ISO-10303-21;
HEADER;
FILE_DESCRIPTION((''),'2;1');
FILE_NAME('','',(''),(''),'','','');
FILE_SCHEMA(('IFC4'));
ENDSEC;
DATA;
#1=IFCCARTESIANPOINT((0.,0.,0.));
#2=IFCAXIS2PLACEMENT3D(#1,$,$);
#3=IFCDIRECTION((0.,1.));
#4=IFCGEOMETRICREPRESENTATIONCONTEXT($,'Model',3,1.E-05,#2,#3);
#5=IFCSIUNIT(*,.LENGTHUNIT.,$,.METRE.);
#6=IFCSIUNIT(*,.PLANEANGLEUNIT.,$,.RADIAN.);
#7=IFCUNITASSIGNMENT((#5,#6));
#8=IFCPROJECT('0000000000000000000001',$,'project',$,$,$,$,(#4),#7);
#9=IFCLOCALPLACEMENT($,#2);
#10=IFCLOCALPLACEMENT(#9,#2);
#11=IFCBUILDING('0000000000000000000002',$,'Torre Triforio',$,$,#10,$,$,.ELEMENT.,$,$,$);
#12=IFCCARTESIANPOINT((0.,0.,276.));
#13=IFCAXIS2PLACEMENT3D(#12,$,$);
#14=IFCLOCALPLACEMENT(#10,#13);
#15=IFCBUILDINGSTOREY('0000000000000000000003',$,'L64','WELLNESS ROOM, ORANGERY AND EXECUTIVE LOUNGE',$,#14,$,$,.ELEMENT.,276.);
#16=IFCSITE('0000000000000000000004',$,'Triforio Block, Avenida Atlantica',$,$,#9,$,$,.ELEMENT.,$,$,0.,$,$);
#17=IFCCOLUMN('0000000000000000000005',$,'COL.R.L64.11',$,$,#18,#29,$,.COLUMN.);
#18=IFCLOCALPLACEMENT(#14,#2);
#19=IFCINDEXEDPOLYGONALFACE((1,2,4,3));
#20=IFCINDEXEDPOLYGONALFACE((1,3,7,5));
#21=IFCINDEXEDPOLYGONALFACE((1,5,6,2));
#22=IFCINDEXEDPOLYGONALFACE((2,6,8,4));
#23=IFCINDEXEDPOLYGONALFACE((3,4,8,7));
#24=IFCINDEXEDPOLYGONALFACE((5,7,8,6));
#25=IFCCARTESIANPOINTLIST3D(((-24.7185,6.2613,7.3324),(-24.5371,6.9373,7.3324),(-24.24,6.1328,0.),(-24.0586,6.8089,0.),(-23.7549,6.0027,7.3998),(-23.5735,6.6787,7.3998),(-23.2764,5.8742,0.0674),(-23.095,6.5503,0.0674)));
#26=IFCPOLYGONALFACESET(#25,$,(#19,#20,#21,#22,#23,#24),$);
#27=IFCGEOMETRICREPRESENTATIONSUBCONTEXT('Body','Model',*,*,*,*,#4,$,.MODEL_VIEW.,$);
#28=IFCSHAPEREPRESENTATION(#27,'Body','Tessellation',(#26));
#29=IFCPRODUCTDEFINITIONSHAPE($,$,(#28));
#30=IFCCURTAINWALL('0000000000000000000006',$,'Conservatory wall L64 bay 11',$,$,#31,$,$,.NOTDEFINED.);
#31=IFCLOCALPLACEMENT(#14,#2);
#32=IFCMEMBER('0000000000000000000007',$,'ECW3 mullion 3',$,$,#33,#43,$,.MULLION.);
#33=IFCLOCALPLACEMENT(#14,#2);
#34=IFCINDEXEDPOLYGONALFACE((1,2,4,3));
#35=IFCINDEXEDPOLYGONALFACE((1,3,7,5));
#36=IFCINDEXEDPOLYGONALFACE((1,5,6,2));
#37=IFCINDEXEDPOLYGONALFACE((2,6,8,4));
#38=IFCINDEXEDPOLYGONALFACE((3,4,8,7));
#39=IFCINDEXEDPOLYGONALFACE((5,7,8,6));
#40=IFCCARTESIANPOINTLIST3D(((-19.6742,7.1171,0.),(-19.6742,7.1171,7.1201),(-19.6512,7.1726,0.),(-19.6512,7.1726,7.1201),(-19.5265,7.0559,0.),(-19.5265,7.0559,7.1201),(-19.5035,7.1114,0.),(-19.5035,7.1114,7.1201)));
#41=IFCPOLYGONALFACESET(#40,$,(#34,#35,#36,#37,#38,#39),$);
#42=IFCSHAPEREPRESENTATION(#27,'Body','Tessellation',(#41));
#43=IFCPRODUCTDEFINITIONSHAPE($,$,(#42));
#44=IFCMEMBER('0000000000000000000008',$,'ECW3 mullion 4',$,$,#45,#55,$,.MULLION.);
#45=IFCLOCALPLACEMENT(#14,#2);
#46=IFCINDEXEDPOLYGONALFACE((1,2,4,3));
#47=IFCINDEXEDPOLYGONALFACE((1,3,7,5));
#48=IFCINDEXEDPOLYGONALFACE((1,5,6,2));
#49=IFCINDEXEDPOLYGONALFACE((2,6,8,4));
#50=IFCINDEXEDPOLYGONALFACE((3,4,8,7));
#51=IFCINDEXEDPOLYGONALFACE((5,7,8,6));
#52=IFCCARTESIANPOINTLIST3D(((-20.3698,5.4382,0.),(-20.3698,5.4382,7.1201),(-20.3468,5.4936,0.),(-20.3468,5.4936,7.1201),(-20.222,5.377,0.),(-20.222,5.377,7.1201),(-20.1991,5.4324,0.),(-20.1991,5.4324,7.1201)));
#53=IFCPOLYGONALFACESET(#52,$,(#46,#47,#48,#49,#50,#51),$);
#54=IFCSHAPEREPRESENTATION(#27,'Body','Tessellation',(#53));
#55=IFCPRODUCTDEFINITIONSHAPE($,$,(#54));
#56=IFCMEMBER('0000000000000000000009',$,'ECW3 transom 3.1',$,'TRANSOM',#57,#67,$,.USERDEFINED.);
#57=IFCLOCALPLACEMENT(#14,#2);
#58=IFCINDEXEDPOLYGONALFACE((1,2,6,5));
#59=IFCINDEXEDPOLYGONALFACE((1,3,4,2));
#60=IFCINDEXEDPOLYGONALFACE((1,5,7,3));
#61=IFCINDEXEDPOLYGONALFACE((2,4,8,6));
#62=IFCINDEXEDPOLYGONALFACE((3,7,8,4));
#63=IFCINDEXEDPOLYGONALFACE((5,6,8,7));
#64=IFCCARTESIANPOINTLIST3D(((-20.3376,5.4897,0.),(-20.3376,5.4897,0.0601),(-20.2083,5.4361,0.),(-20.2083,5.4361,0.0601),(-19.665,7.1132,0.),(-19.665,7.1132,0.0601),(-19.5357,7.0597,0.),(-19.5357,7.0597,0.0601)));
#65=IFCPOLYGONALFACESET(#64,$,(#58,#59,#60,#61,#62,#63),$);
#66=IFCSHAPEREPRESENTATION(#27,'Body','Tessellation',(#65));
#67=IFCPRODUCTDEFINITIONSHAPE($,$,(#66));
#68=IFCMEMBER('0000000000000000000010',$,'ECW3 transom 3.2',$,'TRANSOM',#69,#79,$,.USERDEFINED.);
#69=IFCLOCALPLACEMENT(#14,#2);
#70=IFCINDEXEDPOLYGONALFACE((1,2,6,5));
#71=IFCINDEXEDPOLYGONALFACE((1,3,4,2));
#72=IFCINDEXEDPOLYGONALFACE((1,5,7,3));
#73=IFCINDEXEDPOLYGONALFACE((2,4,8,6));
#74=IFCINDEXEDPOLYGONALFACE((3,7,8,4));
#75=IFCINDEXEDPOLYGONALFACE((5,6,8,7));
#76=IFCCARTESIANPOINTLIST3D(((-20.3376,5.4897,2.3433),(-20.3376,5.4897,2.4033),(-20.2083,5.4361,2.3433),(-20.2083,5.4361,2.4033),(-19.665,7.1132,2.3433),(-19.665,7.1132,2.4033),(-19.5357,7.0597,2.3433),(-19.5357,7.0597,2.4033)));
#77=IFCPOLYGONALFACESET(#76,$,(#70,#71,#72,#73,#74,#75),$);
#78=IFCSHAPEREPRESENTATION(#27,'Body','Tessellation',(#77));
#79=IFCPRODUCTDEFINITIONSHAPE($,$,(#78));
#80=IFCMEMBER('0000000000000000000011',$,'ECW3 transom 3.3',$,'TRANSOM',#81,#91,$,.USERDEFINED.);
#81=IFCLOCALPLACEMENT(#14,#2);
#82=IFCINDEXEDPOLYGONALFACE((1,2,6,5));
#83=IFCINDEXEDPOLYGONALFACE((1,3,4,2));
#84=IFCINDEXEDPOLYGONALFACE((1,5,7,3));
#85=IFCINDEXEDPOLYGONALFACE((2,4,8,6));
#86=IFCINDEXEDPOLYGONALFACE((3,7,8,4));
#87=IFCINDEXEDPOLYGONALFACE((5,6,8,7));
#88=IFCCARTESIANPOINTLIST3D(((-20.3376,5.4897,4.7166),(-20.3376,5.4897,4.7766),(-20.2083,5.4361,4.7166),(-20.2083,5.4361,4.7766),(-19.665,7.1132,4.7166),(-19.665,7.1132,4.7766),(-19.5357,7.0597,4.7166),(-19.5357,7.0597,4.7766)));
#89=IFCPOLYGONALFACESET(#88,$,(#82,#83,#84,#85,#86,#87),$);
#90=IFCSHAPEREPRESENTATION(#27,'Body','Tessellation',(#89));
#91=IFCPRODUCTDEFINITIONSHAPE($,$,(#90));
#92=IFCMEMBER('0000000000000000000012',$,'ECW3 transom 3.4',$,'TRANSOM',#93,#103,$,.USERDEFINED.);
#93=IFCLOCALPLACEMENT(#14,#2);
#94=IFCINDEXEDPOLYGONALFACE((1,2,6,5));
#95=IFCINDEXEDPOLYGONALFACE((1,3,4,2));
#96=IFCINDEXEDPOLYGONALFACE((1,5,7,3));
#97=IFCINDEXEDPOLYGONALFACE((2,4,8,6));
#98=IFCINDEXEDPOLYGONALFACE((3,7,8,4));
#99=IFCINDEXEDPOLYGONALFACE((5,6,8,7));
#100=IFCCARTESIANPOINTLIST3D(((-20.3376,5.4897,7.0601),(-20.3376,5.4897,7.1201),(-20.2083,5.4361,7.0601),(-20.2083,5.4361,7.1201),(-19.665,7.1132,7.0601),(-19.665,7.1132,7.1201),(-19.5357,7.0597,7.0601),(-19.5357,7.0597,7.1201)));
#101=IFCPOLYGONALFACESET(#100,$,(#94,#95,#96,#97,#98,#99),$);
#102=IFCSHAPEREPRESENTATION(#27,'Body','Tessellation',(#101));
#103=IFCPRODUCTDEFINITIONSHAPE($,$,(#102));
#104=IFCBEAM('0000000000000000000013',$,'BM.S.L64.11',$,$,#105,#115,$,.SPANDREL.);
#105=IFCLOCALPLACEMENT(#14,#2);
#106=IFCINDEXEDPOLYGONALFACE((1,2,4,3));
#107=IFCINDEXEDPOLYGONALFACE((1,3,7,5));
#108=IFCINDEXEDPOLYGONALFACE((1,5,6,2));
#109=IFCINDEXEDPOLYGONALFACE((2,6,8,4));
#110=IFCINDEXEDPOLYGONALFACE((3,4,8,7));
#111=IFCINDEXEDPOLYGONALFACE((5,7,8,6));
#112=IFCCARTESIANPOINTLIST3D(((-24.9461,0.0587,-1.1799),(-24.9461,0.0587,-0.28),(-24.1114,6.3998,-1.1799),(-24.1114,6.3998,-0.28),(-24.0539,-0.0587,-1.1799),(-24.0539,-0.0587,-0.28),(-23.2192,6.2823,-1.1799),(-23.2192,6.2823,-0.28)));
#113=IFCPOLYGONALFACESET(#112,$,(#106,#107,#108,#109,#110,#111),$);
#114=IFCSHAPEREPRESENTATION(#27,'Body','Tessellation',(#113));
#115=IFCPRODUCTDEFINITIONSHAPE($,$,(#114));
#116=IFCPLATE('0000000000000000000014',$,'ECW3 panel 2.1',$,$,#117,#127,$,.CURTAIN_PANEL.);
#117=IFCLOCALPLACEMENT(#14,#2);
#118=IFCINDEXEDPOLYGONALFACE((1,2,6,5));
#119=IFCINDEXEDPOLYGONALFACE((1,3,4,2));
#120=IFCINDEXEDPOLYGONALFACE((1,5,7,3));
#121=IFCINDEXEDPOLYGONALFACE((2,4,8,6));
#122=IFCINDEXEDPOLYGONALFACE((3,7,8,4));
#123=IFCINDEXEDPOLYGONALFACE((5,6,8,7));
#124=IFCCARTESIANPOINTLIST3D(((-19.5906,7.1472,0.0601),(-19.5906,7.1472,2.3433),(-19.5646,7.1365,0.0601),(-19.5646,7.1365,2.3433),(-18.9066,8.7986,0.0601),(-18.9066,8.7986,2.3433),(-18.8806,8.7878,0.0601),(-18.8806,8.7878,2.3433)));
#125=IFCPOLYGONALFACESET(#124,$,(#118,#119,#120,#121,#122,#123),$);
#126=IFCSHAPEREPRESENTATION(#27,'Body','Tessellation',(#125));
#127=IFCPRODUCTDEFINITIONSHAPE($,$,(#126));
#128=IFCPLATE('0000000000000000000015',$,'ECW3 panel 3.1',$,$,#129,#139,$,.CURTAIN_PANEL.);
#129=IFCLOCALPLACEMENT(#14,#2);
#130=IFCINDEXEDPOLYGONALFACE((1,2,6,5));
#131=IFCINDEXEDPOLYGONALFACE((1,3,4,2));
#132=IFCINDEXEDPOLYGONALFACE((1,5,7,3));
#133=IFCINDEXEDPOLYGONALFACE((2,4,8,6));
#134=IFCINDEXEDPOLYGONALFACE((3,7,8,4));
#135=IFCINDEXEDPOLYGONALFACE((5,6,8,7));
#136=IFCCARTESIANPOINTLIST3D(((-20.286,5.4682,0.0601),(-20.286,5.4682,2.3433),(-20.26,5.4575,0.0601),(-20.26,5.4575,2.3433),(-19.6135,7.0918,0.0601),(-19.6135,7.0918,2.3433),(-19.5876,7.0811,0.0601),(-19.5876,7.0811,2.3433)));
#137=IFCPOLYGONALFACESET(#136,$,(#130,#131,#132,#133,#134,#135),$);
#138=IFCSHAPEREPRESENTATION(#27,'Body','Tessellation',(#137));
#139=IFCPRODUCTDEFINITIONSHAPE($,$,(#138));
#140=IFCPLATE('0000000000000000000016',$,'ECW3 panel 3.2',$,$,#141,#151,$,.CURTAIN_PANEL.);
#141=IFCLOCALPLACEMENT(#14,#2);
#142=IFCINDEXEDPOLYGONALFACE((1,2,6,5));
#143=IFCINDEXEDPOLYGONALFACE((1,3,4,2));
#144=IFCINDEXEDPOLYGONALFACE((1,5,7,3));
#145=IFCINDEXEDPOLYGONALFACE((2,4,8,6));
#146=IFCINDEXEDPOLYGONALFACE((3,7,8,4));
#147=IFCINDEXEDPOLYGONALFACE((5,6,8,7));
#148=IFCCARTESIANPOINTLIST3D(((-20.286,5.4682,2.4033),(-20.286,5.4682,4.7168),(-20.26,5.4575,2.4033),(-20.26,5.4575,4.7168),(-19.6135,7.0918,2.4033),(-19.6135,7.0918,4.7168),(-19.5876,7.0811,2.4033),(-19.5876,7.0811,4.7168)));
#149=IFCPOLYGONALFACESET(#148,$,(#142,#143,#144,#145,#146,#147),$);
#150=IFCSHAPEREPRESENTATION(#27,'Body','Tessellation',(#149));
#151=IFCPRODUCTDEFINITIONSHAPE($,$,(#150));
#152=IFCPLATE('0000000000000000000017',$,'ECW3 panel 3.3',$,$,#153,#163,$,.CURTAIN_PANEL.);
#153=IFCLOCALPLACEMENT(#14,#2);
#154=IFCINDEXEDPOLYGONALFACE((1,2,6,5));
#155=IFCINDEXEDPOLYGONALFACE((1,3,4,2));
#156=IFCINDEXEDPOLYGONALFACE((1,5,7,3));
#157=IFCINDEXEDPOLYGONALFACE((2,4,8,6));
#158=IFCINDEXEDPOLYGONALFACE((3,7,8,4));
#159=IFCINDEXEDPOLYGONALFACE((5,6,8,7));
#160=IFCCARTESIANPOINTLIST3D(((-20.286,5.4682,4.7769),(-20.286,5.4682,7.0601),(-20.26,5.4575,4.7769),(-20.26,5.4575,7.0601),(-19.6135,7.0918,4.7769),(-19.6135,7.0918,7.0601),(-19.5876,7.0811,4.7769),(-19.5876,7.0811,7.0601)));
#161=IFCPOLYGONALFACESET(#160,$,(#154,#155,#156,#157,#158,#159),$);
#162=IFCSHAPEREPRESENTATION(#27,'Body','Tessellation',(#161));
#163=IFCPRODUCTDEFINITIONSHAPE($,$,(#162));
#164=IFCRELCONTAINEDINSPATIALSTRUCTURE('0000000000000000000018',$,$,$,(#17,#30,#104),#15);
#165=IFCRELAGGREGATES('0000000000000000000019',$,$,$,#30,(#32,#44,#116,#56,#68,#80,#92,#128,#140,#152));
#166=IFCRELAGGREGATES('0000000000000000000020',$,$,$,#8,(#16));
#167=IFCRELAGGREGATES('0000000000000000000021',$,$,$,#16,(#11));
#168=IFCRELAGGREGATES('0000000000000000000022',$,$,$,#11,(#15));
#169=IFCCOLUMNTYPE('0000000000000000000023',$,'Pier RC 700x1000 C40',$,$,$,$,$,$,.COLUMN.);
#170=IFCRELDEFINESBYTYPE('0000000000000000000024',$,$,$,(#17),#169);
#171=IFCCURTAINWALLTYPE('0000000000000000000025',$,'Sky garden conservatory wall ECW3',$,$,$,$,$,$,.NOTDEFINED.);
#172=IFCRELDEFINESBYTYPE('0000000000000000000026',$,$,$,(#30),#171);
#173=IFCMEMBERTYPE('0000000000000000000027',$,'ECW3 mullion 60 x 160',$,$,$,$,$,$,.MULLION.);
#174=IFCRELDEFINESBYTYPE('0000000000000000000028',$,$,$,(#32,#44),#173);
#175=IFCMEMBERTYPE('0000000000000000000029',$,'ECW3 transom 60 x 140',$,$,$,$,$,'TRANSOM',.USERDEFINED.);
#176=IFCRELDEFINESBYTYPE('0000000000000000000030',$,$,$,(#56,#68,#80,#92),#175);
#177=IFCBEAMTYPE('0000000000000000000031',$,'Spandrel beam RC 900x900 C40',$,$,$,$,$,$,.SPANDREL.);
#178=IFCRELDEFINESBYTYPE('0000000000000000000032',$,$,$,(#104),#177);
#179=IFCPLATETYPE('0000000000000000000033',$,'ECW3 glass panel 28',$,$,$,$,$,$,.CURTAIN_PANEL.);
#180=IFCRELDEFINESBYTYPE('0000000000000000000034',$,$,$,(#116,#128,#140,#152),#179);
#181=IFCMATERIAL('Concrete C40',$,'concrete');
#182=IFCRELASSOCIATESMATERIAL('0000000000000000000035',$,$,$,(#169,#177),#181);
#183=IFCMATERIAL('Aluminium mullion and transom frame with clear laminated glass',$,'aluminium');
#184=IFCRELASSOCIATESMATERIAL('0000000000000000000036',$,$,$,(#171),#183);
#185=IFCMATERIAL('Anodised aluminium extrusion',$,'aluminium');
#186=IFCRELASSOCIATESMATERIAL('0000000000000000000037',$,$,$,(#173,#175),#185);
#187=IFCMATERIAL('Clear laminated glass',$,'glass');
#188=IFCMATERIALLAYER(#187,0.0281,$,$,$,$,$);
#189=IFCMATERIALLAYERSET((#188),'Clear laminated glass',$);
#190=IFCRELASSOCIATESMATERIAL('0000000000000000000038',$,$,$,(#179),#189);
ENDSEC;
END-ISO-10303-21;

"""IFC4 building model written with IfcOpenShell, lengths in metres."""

from ifc_helpers import new_model, si_unit, direction, frame, origin, origin_2d, place, context, subcontext, project, spatial, rectangle, extrude, material, layer, layer_set, material_profile, profile_set, type_object, element, aggregate, save


model = new_model("IFC4")

# Units and contexts
model_context = context("Model", 3, precision=1e-05, world=origin(), true_north=direction((0.0, 1.0)))
body_context = subcontext(model_context, "Body", "Model", "MODEL_VIEW")
ifc_project = project(units=[si_unit("LENGTHUNIT", "METRE"), si_unit("PLANEANGLEUNIT", "RADIAN")], contexts=[model_context])

# Site, building, storey
site_placement = place(None, origin())
site = spatial("IfcSite", under=ifc_project, at=site_placement, Name="Triforio Block, Avenida Atlantica", CompositionType="ELEMENT", RefElevation=0.0)
building_placement = place(site_placement, origin())
building = spatial("IfcBuilding", under=site, at=building_placement, Name="Torre Triforio", CompositionType="ELEMENT")
storey_placement = place(building_placement, frame((0.0, 0.0, 276.0)))
storey = spatial("IfcBuildingStorey", under=building, at=storey_placement, Name="L64", Description="WELLNESS ROOM, ORANGERY AND EXECUTIVE LOUNGE", CompositionType="ELEMENT", Elevation=276.0)

# Column
ifc_material_1 = material(Name="Concrete C40", Category="concrete")
ifc_material_profile_1 = material_profile(ifc_material_1, rectangle(XDim=0.7, YDim=1.0, at=origin_2d()), Name="RC 700x1000")
ifc_profile_set_1 = profile_set([ifc_material_profile_1], Name="Concrete C40")
column_type = type_object("IfcColumnType", Name="Pier RC 700x1000 C40", PredefinedType="COLUMN", material=ifc_profile_set_1)
column_placement = place(storey_placement, frame((-23.6675, 6.3416, 0.0337), z_axis=(-0.065111, 0.017474, 0.997725), x_axis=(-0.259196, -0.965825, 0.0)))
element("IfcColumn", 1, at=column_placement, inside=storey, type_object=column_type, Name="COL.R.L64.11", PredefinedType="COLUMN", context=body_context, shape_type="SweptSolid", body=[
    extrude(rectangle(XDim=0.7, YDim=1.0, at=origin_2d()), origin(), (0.0, 0.0, 1.0), 7.3491),
])

# Curtain wall, members
ifc_material_2 = material(Name="Aluminium mullion and transom frame with clear laminated glass", Category="aluminium")
curtain_wall_type = type_object("IfcCurtainWallType", Name="Sky garden conservatory wall ECW3", PredefinedType="NOTDEFINED", material=ifc_material_2)
curtain_wall_placement = place(storey_placement, origin())
curtain_wall = element("IfcCurtainWall", 2, at=curtain_wall_placement, inside=storey, type_object=curtain_wall_type, Name="Conservatory wall L64 bay 11", PredefinedType="NOTDEFINED")
ifc_material_3 = material(Name="Anodised aluminium extrusion", Category="aluminium")
ifc_material_profile_2 = material_profile(ifc_material_3, rectangle(XDim=0.1599, YDim=0.0601, at=origin_2d()), Name="ECW3 MULLION 60x160")
ifc_profile_set_2 = profile_set([ifc_material_profile_2], Name="Anodised aluminium extrusion")
member_type_1 = type_object("IfcMemberType", Name="ECW3 mullion 60 x 160", PredefinedType="MULLION", material=ifc_profile_set_2)
member_1_placement = place(storey_placement, frame((-19.5889, 7.1143, 0.0), z_axis=(0.0, 0.0, 1.0), x_axis=(0.923883, -0.382675, 0.0)))
member_1 = element("IfcMember", 3, at=member_1_placement, type_object=member_type_1, Name="ECW3 mullion 3", PredefinedType="MULLION", context=body_context, shape_type="SweptSolid", body=[
    extrude(rectangle(XDim=0.1599, YDim=0.0601, at=origin_2d()), origin(), (0.0, 0.0, 1.0), 7.1201),
])
member_2_placement = place(storey_placement, frame((-20.2844, 5.4353, 0.0), z_axis=(0.0, 0.0, 1.0), x_axis=(0.923883, -0.382675, 0.0)))
member_2 = element("IfcMember", 4, at=member_2_placement, type_object=member_type_1, Name="ECW3 mullion 4", PredefinedType="MULLION", context=body_context, shape_type="SweptSolid", body=[
    extrude(rectangle(XDim=0.1599, YDim=0.0601, at=origin_2d()), origin(), (0.0, 0.0, 1.0), 7.1201),
])
ifc_material_profile_3 = material_profile(ifc_material_3, rectangle(XDim=0.1399, YDim=0.0601, at=origin_2d()), Name="ECW3 TRANSOM 60x140")
ifc_profile_set_3 = profile_set([ifc_material_profile_3], Name="Anodised aluminium extrusion")
member_type_2 = type_object("IfcMemberType", Name="ECW3 transom 60 x 140", ElementType="TRANSOM", PredefinedType="USERDEFINED", material=ifc_profile_set_3)
member_3_placement = place(storey_placement, frame((-19.6003, 7.0864, 0.03), z_axis=(-0.38274, -0.923856, 0.0), x_axis=(0.923856, -0.38274, 0.0)))
member_3 = element("IfcMember", 5, at=member_3_placement, type_object=member_type_2, Name="ECW3 transom 3.1", ObjectType="TRANSOM", PredefinedType="USERDEFINED", context=body_context, shape_type="SweptSolid", body=[
    extrude(rectangle(XDim=0.1399, YDim=0.0601, at=origin_2d()), origin(), (0.0, 0.0, 1.0), 1.7573),
])
member_4_placement = place(storey_placement, frame((-19.6003, 7.0864, 2.3733), z_axis=(-0.38274, -0.923856, 0.0), x_axis=(0.923856, -0.38274, 0.0)))
member_4 = element("IfcMember", 6, at=member_4_placement, type_object=member_type_2, Name="ECW3 transom 3.2", ObjectType="TRANSOM", PredefinedType="USERDEFINED", context=body_context, shape_type="SweptSolid", body=[
    extrude(rectangle(XDim=0.1399, YDim=0.0601, at=origin_2d()), origin(), (0.0, 0.0, 1.0), 1.7573),
])
member_5_placement = place(storey_placement, frame((-19.6003, 7.0864, 4.7466), z_axis=(-0.38274, -0.923856, 0.0), x_axis=(0.923856, -0.38274, 0.0)))
member_5 = element("IfcMember", 7, at=member_5_placement, type_object=member_type_2, Name="ECW3 transom 3.3", ObjectType="TRANSOM", PredefinedType="USERDEFINED", context=body_context, shape_type="SweptSolid", body=[
    extrude(rectangle(XDim=0.1399, YDim=0.0601, at=origin_2d()), origin(), (0.0, 0.0, 1.0), 1.7573),
])
member_6_placement = place(storey_placement, frame((-19.6003, 7.0864, 7.0901), z_axis=(-0.38274, -0.923856, 0.0), x_axis=(0.923856, -0.38274, 0.0)))
member_6 = element("IfcMember", 8, at=member_6_placement, type_object=member_type_2, Name="ECW3 transom 3.4", ObjectType="TRANSOM", PredefinedType="USERDEFINED", context=body_context, shape_type="SweptSolid", body=[
    extrude(rectangle(XDim=0.1399, YDim=0.0601, at=origin_2d()), origin(), (0.0, 0.0, 1.0), 1.7573),
])

# Beam
ifc_material_profile_4 = material_profile(ifc_material_1, rectangle(XDim=0.8999, YDim=0.8999, at=origin_2d()), Name="RC 900x900")
ifc_profile_set_4 = profile_set([ifc_material_profile_4], Name="Concrete C40")
beam_type = type_object("IfcBeamType", Name="Spandrel beam RC 900x900 C40", PredefinedType="SPANDREL", material=ifc_profile_set_4)
beam_placement = place(storey_placement, frame((-23.6653, 6.3411, -0.73), z_axis=(-0.130511, -0.991447, 0.0), x_axis=(0.991447, -0.130511, 0.0)))
element("IfcBeam", 9, at=beam_placement, inside=storey, type_object=beam_type, Name="BM.S.L64.11", PredefinedType="SPANDREL", context=body_context, shape_type="SweptSolid", body=[
    extrude(rectangle(XDim=0.8999, YDim=0.8999, at=origin_2d()), origin(), (0.0, 0.0, 1.0), 6.3958),
])

# Plates
ifc_material_4 = material(Name="Clear laminated glass", Category="glass")
ifc_layer_1 = layer(ifc_material_4, 0.0281)
ifc_layer_set_1 = layer_set([ifc_layer_1], Name="Clear laminated glass")
plate_type = type_object("IfcPlateType", Name="ECW3 glass panel 28", PredefinedType="CURTAIN_PANEL", material=ifc_layer_set_1)
plate_1_placement = place(storey_placement, frame((-19.2356, 7.9675, 0.0601), z_axis=(0.0, 0.0, 1.0), x_axis=(-0.382675, -0.923883, 0.0)))
plate_1 = element("IfcPlate", 10, at=plate_1_placement, type_object=plate_type, Name="ECW3 panel 2.1", PredefinedType="CURTAIN_PANEL", context=body_context, shape_type="SweptSolid", body=[
    extrude(rectangle(XDim=1.7874, YDim=0.0281, at=origin_2d()), origin(), (0.0, 0.0, 1.0), 2.2832),
])
plate_2_placement = place(storey_placement, frame((-19.9368, 6.2747, 0.0601), z_axis=(0.0, 0.0, 1.0), x_axis=(-0.382675, -0.923883, 0.0)))
plate_2 = element("IfcPlate", 11, at=plate_2_placement, type_object=plate_type, Name="ECW3 panel 3.1", PredefinedType="CURTAIN_PANEL", context=body_context, shape_type="SweptSolid", body=[
    extrude(rectangle(XDim=1.7573, YDim=0.0281, at=origin_2d()), origin(), (0.0, 0.0, 1.0), 2.2832),
])
plate_3_placement = place(storey_placement, frame((-19.9368, 6.2747, 2.4033), z_axis=(0.0, 0.0, 1.0), x_axis=(-0.382675, -0.923883, 0.0)))
plate_3 = element("IfcPlate", 12, at=plate_3_placement, type_object=plate_type, Name="ECW3 panel 3.2", PredefinedType="CURTAIN_PANEL", context=body_context, shape_type="SweptSolid", body=[
    extrude(rectangle(XDim=1.7573, YDim=0.0281, at=origin_2d()), origin(), (0.0, 0.0, 1.0), 2.3135),
])
plate_4_placement = place(storey_placement, frame((-19.9368, 6.2747, 4.7769), z_axis=(0.0, 0.0, 1.0), x_axis=(-0.382675, -0.923883, 0.0)))
plate_4 = element("IfcPlate", 13, at=plate_4_placement, type_object=plate_type, Name="ECW3 panel 3.3", PredefinedType="CURTAIN_PANEL", context=body_context, shape_type="SweptSolid", body=[
    extrude(rectangle(XDim=1.7573, YDim=0.0281, at=origin_2d()), origin(), (0.0, 0.0, 1.0), 2.2832),
])
aggregate(curtain_wall, [member_1, member_2, plate_1, member_3, member_4, member_5, member_6, plate_2, plate_3, plate_4])

save(model, "model.ifc")
